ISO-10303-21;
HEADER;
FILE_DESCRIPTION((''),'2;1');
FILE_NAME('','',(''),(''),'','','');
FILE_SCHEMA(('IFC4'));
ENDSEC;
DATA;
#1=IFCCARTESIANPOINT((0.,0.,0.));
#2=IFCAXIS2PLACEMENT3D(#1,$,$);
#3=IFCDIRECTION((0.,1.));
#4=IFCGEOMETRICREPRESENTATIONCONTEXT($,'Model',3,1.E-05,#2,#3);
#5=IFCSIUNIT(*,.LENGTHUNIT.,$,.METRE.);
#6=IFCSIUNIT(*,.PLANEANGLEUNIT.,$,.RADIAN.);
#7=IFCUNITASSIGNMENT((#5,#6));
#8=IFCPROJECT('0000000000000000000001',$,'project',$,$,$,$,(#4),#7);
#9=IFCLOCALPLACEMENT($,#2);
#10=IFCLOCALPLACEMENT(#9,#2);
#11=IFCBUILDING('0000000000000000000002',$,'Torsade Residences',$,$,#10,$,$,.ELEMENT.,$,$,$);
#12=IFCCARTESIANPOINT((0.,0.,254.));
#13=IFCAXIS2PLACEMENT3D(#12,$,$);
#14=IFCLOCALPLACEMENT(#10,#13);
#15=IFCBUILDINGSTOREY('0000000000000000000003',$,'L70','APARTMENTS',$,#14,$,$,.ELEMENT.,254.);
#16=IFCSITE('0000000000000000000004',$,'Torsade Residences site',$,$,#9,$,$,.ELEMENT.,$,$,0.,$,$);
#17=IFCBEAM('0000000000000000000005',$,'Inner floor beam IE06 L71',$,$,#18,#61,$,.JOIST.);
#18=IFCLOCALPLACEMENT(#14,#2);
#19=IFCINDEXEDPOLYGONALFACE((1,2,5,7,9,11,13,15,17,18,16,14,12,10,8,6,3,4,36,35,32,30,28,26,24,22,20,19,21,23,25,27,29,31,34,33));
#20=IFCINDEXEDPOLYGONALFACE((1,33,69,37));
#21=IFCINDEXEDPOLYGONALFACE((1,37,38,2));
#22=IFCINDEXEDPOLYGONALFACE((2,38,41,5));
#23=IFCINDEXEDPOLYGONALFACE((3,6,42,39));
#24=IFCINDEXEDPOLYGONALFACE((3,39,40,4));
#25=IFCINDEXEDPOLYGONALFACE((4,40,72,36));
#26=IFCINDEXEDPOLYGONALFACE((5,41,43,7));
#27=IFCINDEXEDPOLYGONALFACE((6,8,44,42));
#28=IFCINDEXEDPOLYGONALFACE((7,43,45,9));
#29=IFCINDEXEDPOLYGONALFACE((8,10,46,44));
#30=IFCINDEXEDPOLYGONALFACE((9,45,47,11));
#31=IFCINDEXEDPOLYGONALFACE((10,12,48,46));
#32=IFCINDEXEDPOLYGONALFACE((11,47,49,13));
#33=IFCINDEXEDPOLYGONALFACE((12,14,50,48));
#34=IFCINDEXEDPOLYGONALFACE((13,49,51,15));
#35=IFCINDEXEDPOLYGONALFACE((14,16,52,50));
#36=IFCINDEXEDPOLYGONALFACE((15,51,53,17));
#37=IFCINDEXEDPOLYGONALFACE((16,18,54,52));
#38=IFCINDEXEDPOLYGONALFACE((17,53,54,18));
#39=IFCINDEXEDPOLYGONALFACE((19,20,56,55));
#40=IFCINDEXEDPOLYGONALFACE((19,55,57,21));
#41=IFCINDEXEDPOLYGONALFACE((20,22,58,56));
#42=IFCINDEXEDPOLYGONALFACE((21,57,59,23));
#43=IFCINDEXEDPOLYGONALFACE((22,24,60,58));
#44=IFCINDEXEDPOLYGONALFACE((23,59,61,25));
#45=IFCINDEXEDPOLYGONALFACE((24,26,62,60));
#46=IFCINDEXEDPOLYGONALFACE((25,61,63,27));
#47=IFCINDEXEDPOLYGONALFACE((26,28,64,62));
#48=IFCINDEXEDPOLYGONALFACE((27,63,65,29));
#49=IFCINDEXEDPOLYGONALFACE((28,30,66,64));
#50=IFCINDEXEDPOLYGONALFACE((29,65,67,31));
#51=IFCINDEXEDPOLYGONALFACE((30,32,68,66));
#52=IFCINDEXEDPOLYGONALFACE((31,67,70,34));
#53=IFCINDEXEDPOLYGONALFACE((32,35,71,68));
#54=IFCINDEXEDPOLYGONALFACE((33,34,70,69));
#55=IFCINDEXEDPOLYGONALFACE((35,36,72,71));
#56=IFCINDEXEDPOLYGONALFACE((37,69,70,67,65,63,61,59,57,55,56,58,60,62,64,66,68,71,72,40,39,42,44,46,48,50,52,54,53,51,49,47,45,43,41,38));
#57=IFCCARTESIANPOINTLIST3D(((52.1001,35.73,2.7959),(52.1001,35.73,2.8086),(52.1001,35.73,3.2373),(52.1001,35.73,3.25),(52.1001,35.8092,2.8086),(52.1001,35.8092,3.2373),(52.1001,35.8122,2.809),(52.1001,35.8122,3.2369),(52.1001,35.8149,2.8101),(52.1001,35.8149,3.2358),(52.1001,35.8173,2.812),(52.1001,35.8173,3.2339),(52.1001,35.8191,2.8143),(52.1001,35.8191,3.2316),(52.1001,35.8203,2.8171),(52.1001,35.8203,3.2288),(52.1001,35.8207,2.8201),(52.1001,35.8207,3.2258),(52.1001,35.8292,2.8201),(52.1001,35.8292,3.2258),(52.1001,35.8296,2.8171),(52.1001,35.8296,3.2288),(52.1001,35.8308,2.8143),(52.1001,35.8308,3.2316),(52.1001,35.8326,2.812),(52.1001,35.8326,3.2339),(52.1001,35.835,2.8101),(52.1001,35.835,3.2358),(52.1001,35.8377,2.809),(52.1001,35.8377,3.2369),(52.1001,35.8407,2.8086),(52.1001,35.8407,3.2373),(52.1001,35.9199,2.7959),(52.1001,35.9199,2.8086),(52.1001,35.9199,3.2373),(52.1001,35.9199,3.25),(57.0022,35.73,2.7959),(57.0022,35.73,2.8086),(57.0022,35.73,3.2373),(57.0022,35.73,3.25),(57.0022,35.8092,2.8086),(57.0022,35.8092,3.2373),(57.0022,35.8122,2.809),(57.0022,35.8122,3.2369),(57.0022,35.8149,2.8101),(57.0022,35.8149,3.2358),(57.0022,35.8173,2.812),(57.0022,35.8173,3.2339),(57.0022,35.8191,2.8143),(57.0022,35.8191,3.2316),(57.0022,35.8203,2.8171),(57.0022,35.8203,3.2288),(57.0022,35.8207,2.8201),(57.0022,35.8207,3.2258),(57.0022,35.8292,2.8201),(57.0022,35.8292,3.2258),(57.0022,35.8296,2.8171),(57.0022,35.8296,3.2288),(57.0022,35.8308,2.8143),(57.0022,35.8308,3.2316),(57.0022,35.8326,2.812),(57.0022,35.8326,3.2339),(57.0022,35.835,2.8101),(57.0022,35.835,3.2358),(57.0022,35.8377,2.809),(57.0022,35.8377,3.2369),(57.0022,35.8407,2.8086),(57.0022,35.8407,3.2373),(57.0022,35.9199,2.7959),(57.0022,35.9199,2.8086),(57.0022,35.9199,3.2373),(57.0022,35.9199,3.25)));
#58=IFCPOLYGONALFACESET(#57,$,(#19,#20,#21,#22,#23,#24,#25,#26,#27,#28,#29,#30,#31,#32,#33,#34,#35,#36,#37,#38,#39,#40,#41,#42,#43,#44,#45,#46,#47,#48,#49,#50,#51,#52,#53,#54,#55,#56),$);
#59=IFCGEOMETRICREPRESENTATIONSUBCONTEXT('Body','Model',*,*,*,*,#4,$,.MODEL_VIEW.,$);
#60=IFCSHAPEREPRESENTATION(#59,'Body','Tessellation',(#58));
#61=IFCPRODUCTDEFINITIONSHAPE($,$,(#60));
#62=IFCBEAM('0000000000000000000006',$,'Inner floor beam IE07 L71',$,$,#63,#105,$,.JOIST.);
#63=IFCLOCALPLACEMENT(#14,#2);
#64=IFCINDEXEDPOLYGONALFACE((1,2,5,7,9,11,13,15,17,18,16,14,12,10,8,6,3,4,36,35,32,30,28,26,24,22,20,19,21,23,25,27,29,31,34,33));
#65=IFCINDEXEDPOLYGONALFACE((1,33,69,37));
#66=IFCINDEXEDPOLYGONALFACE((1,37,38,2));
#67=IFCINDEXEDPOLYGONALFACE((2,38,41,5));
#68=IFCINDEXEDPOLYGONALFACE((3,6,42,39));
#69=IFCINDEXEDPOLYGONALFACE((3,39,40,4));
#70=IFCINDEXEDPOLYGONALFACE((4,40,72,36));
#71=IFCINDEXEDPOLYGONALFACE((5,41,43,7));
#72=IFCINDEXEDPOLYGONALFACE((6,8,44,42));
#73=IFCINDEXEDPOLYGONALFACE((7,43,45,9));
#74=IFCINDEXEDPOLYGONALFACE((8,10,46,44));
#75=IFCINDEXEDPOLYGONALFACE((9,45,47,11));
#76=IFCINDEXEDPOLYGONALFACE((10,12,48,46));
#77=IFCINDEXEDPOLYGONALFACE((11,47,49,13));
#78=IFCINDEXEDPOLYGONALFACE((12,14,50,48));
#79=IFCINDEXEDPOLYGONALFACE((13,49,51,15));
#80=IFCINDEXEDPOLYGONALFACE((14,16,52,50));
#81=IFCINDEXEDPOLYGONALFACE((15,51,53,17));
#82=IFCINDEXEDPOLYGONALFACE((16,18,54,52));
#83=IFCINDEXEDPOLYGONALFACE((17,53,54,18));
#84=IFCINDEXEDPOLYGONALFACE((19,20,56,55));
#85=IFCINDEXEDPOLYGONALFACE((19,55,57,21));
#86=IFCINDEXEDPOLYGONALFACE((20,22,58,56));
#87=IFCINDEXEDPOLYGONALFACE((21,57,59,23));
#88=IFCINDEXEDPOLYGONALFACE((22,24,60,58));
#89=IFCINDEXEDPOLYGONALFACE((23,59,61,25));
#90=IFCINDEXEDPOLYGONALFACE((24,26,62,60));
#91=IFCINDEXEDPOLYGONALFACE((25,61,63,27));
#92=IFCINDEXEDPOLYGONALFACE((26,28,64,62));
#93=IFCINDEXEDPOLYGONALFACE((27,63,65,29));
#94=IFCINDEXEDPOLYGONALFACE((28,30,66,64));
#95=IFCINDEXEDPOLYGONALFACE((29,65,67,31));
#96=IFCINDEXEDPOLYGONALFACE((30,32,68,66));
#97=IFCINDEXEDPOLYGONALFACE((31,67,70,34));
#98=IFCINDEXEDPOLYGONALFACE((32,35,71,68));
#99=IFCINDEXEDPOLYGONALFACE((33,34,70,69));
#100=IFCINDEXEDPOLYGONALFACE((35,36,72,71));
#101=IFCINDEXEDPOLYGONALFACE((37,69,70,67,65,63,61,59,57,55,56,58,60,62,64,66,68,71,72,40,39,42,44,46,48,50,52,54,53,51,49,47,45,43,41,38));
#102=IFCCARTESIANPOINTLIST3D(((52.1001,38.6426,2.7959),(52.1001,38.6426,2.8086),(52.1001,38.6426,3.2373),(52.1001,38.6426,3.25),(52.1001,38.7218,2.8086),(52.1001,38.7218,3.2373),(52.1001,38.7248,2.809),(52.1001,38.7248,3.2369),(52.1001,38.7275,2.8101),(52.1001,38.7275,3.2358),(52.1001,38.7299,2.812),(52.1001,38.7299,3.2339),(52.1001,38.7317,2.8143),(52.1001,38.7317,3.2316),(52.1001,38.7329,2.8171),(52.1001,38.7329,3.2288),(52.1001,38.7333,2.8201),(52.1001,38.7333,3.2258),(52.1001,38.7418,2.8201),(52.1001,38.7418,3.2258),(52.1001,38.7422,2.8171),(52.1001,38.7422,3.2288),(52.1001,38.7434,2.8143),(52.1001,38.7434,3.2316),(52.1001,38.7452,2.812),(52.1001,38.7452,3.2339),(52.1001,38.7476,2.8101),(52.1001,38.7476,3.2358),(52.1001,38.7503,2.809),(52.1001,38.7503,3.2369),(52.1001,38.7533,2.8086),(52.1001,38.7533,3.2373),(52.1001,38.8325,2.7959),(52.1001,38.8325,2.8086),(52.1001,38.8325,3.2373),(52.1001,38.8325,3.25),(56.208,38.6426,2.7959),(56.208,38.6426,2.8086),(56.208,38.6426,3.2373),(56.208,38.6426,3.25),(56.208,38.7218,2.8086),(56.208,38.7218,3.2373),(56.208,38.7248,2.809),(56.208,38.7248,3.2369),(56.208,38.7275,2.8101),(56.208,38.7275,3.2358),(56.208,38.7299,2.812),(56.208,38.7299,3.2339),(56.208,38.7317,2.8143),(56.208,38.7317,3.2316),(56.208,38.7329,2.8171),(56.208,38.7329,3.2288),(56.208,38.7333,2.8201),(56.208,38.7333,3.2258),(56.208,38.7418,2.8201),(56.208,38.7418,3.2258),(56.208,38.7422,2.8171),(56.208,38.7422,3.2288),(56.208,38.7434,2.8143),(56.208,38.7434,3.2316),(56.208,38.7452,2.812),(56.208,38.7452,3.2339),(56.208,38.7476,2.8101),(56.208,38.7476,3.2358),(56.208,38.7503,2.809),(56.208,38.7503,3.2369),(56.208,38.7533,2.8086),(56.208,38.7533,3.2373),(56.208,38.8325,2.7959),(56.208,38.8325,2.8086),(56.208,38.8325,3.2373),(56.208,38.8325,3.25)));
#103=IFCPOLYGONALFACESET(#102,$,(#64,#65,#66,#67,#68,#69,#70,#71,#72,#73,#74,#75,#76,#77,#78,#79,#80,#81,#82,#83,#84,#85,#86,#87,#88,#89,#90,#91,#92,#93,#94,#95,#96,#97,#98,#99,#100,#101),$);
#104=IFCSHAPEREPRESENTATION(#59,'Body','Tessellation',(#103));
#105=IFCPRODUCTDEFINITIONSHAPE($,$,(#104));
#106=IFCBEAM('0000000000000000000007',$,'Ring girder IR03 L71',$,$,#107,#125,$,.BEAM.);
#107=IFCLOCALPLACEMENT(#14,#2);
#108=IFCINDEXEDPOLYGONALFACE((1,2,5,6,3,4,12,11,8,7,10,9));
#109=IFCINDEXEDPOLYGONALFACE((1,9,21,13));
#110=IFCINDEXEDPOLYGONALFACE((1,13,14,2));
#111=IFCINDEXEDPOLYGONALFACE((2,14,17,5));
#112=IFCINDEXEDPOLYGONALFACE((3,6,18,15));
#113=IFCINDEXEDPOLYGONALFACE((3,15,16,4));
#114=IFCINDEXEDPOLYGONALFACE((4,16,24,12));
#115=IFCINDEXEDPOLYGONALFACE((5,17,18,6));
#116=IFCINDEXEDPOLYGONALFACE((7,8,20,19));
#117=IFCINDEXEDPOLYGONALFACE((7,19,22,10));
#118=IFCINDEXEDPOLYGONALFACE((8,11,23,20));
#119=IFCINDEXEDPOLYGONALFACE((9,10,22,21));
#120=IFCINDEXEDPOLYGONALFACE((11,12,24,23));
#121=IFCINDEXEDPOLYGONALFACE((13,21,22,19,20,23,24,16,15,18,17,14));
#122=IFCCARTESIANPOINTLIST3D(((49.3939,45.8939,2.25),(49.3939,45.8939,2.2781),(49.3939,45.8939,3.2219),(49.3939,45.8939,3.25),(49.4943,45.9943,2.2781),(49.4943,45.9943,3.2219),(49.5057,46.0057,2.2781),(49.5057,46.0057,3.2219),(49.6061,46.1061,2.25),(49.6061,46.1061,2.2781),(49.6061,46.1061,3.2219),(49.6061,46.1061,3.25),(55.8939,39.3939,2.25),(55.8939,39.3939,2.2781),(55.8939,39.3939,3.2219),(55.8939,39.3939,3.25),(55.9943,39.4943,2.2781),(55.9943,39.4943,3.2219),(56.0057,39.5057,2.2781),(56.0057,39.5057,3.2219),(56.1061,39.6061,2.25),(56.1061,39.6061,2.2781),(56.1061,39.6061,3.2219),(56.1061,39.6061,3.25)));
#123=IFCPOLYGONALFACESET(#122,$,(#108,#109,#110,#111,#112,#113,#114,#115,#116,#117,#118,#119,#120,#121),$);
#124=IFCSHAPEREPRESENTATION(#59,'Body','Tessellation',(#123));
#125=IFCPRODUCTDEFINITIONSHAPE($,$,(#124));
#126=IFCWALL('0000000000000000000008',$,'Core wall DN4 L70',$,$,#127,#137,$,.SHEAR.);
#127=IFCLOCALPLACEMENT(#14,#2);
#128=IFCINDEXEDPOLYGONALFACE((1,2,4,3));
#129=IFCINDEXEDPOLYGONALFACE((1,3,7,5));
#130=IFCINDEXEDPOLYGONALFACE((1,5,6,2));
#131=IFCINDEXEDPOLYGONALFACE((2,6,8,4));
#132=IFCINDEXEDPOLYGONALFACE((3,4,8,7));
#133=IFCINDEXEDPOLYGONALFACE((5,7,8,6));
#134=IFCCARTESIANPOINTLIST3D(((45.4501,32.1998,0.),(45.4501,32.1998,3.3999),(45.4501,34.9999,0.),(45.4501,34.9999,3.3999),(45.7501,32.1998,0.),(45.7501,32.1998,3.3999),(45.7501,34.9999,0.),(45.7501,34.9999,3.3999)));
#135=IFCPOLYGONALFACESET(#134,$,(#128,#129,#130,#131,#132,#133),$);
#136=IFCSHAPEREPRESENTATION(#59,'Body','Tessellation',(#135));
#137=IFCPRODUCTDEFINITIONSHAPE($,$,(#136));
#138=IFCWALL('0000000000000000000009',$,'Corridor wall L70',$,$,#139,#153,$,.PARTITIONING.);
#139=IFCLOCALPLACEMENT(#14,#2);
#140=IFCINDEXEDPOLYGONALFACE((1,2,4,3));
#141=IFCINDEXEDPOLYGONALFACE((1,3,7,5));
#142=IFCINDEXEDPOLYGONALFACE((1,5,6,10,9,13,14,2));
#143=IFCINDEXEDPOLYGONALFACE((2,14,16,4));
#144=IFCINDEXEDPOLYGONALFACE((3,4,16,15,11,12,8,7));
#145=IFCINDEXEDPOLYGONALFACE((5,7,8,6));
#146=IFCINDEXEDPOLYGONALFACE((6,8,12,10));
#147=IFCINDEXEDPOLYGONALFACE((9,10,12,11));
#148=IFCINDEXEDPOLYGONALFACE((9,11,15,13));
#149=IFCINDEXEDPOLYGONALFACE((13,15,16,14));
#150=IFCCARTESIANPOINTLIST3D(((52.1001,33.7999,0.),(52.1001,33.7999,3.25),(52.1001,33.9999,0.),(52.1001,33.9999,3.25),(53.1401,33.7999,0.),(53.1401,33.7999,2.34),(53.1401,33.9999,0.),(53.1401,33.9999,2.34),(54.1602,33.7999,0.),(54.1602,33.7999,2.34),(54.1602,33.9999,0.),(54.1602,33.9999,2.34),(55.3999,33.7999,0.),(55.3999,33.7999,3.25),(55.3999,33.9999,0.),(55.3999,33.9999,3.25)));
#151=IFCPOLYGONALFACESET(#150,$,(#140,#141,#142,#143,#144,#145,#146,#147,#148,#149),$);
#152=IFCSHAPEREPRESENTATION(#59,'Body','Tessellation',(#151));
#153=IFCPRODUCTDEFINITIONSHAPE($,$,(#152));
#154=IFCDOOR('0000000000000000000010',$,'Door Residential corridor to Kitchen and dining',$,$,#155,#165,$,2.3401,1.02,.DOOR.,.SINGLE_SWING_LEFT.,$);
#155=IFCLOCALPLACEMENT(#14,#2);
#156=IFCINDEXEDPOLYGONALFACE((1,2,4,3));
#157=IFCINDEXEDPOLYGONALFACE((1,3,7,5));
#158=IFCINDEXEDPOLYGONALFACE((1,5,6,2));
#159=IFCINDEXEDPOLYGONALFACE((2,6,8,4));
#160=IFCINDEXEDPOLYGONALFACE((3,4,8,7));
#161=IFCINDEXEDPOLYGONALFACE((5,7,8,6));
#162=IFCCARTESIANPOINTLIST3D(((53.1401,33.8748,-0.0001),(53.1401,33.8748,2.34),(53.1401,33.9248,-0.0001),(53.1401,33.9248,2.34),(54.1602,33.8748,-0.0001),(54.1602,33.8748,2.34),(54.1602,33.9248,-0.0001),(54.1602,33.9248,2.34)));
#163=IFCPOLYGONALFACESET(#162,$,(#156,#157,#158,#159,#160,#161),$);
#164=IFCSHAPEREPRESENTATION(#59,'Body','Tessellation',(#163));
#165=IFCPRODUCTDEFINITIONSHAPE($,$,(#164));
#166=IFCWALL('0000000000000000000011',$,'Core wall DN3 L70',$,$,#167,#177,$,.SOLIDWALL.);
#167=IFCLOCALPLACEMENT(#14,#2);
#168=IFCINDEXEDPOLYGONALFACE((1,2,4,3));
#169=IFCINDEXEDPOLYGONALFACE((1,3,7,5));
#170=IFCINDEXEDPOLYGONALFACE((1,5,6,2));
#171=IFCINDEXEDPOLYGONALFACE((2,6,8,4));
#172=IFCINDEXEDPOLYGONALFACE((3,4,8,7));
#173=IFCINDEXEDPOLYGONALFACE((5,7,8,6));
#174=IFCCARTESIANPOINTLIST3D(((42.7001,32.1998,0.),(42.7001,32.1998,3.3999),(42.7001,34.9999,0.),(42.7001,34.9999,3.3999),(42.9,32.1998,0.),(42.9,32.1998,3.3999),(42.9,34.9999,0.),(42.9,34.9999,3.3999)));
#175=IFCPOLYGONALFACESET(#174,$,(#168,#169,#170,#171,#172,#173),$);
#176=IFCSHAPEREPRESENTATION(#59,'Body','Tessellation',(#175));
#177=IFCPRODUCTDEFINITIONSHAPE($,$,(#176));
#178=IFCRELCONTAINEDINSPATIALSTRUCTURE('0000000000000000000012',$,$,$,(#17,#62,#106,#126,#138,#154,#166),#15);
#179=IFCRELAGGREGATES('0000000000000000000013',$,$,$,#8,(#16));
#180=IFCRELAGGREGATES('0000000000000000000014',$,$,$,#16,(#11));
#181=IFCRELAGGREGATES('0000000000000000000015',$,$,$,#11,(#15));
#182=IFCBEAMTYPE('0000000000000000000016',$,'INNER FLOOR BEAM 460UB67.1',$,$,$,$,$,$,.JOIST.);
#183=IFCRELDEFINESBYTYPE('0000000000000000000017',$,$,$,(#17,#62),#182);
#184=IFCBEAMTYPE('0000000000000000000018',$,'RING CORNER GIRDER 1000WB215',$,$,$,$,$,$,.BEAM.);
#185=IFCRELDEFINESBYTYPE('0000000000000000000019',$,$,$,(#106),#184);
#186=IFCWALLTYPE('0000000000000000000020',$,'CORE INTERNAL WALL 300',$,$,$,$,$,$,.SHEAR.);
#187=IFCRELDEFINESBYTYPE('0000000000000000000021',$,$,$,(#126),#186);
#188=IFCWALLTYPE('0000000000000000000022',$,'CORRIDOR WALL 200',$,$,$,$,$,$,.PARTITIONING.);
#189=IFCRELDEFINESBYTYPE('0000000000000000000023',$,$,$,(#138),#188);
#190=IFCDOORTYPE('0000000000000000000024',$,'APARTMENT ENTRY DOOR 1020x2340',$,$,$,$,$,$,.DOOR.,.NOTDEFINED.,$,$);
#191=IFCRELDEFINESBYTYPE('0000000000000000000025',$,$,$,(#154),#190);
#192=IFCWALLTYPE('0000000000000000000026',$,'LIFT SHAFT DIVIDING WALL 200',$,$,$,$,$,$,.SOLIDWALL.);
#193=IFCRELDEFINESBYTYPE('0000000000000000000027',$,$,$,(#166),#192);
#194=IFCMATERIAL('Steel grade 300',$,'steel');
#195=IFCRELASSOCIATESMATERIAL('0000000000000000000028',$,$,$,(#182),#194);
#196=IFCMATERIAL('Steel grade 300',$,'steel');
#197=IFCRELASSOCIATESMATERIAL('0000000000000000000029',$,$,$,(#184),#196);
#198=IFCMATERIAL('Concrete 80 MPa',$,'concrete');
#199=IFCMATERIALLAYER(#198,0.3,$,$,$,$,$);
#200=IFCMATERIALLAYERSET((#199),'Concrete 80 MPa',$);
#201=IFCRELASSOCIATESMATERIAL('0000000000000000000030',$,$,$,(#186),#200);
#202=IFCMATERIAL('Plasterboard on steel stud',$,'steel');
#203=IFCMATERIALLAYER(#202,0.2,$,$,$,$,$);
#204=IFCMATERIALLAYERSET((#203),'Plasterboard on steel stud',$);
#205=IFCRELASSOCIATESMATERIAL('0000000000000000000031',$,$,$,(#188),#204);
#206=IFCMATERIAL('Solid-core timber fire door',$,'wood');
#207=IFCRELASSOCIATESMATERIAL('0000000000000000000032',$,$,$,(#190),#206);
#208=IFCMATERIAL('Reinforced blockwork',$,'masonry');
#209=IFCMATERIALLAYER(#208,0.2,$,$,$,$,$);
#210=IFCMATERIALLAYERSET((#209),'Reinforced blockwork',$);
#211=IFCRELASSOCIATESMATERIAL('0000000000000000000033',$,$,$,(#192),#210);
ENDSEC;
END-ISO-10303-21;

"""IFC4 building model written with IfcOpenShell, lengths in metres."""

from ifc_helpers import new_model, si_unit, direction, frame, frame_2d, origin, origin_2d, place, context, subcontext, project, spatial, rectangle, i_section, extrude, material, layer, layer_set, material_profile, profile_set, type_object, element, fill, save


model = new_model("IFC4")

# Units and contexts
model_context = context("Model", 3, precision=1e-05, world=origin(), true_north=direction((0.0, 1.0)))
body_context = subcontext(model_context, "Body", "Model", "MODEL_VIEW")
ifc_project = project(units=[si_unit("LENGTHUNIT", "METRE"), si_unit("PLANEANGLEUNIT", "RADIAN")], contexts=[model_context])

# Site, building, storey
site_placement = place(None, origin())
site = spatial("IfcSite", under=ifc_project, at=site_placement, Name="Torsade Residences site", CompositionType="ELEMENT", RefElevation=0.0)
building_placement = place(site_placement, origin())
building = spatial("IfcBuilding", under=site, at=building_placement, Name="Torsade Residences", CompositionType="ELEMENT")
storey_placement = place(building_placement, frame((0.0, 0.0, 254.0)))
storey = spatial("IfcBuildingStorey", under=building, at=storey_placement, Name="L70", Description="APARTMENTS", CompositionType="ELEMENT", Elevation=254.0)

# Beams
ifc_material_1 = material(Name="Steel grade 300", Category="steel")
ifc_material_profile_1 = material_profile(ifc_material_1, i_section(OverallWidth=0.1899, OverallDepth=0.4541, WebThickness=0.0085, FlangeThickness=0.0127, FilletRadius=0.0115, at=origin_2d()), Name="460UB67.1")
ifc_profile_set_1 = profile_set([ifc_material_profile_1], Name="Steel grade 300")
beam_type_1 = type_object("IfcBeamType", Name="INNER FLOOR BEAM 460UB67.1", PredefinedType="JOIST", material=ifc_profile_set_1)
beam_1_placement = place(storey_placement, frame((52.1001, 35.825, 3.0229), z_axis=(1.0, 0.0, 0.0), x_axis=(0.0, 1.0, 0.0)))
element("IfcBeam", 1, at=beam_1_placement, inside=storey, type_object=beam_type_1, Name="Inner floor beam IE06 L71", PredefinedType="JOIST", context=body_context, shape_type="SweptSolid", body=[
    extrude(i_section(OverallWidth=0.1899, OverallDepth=0.4541, WebThickness=0.0085, FlangeThickness=0.0127, FilletRadius=0.0115, at=origin_2d()), origin(), (0.0, 0.0, 1.0), 4.9021),
])
beam_2_placement = place(storey_placement, frame((52.1001, 38.7375, 3.0229), z_axis=(1.0, 0.0, 0.0), x_axis=(0.0, 1.0, 0.0)))
element("IfcBeam", 2, at=beam_2_placement, inside=storey, type_object=beam_type_1, Name="Inner floor beam IE07 L71", PredefinedType="JOIST", context=body_context, shape_type="SweptSolid", body=[
    extrude(i_section(OverallWidth=0.1899, OverallDepth=0.4541, WebThickness=0.0085, FlangeThickness=0.0127, FilletRadius=0.0115, at=origin_2d()), origin(), (0.0, 0.0, 1.0), 4.1079),
])
ifc_material_2 = material(Name="Steel grade 300", Category="steel")
ifc_material_profile_2 = material_profile(ifc_material_2, i_section(OverallWidth=0.3, OverallDepth=1.0, WebThickness=0.0161, FlangeThickness=0.0281, at=origin_2d()), Name="1000WB215")
ifc_profile_set_2 = profile_set([ifc_material_profile_2], Name="Steel grade 300")
beam_type_2 = type_object("IfcBeamType", Name="RING CORNER GIRDER 1000WB215", PredefinedType="BEAM", material=ifc_profile_set_2)
beam_3_placement = place(storey_placement, frame((56.0, 39.5, 2.75), z_axis=(-0.707107, 0.707107, 0.0), x_axis=(-0.707107, -0.707107, 0.0)))
element("IfcBeam", 3, at=beam_3_placement, inside=storey, type_object=beam_type_2, Name="Ring girder IR03 L71", PredefinedType="BEAM", context=body_context, shape_type="SweptSolid", body=[
    extrude(i_section(OverallWidth=0.3, OverallDepth=1.0, WebThickness=0.0161, FlangeThickness=0.0281, at=origin_2d()), origin(), (0.0, 0.0, 1.0), 9.1924),
])

# Wall
ifc_material_3 = material(Name="Concrete 80 MPa", Category="concrete")
ifc_layer_1 = layer(ifc_material_3, 0.3)
ifc_layer_set_1 = layer_set([ifc_layer_1], Name="Concrete 80 MPa")
wall_type_1 = type_object("IfcWallType", Name="CORE INTERNAL WALL 300", PredefinedType="SHEAR", material=ifc_layer_set_1)
wall_1_placement = place(storey_placement, frame((45.6001, 32.2, 0.0), z_axis=(0.0, 0.0, 1.0), x_axis=(0.0, 1.0, 0.0)))
element("IfcWall", 4, at=wall_1_placement, inside=storey, type_object=wall_type_1, Name="Core wall DN4 L70", PredefinedType="SHEAR", context=body_context, shape_type="SweptSolid", body=[
    extrude(rectangle(XDim=2.8, YDim=0.3, at=frame_2d((1.3999, 0.0))), origin(), (0.0, 0.0, 1.0), 3.3999),
])

# Wall, opening, door
ifc_material_4 = material(Name="Plasterboard on steel stud", Category="steel")
ifc_layer_2 = layer(ifc_material_4, 0.2)
ifc_layer_set_2 = layer_set([ifc_layer_2], Name="Plasterboard on steel stud")
wall_type_2 = type_object("IfcWallType", Name="CORRIDOR WALL 200", PredefinedType="PARTITIONING", material=ifc_layer_set_2)
wall_2_placement = place(storey_placement, frame((52.1001, 33.8999, 0.0), z_axis=(0.0, 0.0, 1.0), x_axis=(1.0, 0.0, 0.0)))
wall_2 = element("IfcWall", 5, at=wall_2_placement, inside=storey, type_object=wall_type_2, Name="Corridor wall L70", PredefinedType="PARTITIONING", context=body_context, shape_type="SweptSolid", body=[
    extrude(rectangle(XDim=3.2998, YDim=0.2, at=frame_2d((1.6499, 0.0))), origin(), (0.0, 0.0, 1.0), 3.25),
])
opening_1_placement = place(wall_2_placement, frame((1.04, 0.0, 0.0)))
opening_1 = element("IfcOpeningElement", 6, at=opening_1_placement, cuts=wall_2, PredefinedType="OPENING", context=body_context, shape_type="SweptSolid", body=[
    extrude(rectangle(XDim=1.02, YDim=2.3401, at=frame_2d((0.51, 1.1699))), frame((0.0, 0.1099, 0.0), z_axis=(0.0, -1.0, 0.0), x_axis=(1.0, 0.0, 0.0)), (0.0, 0.0, 1.0), 0.22),
])
ifc_material_5 = material(Name="Solid-core timber fire door", Category="wood")
door_type_1 = type_object("IfcDoorType", Name="APARTMENT ENTRY DOOR 1020x2340", OperationType="NOTDEFINED", PredefinedType="DOOR", material=ifc_material_5)
door_1_placement = place(opening_1_placement, origin())
door_1 = element("IfcDoor", 7, at=door_1_placement, inside=storey, type_object=door_type_1, Name="Door Residential corridor to Kitchen and dining", OperationType="SINGLE_SWING_LEFT", OverallHeight=2.3401, OverallWidth=1.02, PredefinedType="DOOR", context=body_context, shape_type="SweptSolid", body=[
    extrude(rectangle(XDim=1.02, YDim=2.3401, at=frame_2d((0.51, 1.1699))), frame((0.0, 0.0249, 0.0), z_axis=(0.0, -1.0, 0.0), x_axis=(1.0, 0.0, 0.0)), (0.0, 0.0, 1.0), 0.05),
])
fill(opening_1, door_1)

# Wall
ifc_material_6 = material(Name="Reinforced blockwork", Category="masonry")
ifc_layer_3 = layer(ifc_material_6, 0.2)
ifc_layer_set_3 = layer_set([ifc_layer_3], Name="Reinforced blockwork")
wall_type_3 = type_object("IfcWallType", Name="LIFT SHAFT DIVIDING WALL 200", PredefinedType="SOLIDWALL", material=ifc_layer_set_3)
wall_3_placement = place(storey_placement, frame((42.8, 32.2, 0.0), z_axis=(0.0, 0.0, 1.0), x_axis=(0.0, 1.0, 0.0)))
element("IfcWall", 8, at=wall_3_placement, inside=storey, type_object=wall_type_3, Name="Core wall DN3 L70", PredefinedType="SOLIDWALL", context=body_context, shape_type="SweptSolid", body=[
    extrude(rectangle(XDim=2.8, YDim=0.2, at=frame_2d((1.3999, 0.0))), origin(), (0.0, 0.0, 1.0), 3.3999),
])

save(model, "model.ifc")
